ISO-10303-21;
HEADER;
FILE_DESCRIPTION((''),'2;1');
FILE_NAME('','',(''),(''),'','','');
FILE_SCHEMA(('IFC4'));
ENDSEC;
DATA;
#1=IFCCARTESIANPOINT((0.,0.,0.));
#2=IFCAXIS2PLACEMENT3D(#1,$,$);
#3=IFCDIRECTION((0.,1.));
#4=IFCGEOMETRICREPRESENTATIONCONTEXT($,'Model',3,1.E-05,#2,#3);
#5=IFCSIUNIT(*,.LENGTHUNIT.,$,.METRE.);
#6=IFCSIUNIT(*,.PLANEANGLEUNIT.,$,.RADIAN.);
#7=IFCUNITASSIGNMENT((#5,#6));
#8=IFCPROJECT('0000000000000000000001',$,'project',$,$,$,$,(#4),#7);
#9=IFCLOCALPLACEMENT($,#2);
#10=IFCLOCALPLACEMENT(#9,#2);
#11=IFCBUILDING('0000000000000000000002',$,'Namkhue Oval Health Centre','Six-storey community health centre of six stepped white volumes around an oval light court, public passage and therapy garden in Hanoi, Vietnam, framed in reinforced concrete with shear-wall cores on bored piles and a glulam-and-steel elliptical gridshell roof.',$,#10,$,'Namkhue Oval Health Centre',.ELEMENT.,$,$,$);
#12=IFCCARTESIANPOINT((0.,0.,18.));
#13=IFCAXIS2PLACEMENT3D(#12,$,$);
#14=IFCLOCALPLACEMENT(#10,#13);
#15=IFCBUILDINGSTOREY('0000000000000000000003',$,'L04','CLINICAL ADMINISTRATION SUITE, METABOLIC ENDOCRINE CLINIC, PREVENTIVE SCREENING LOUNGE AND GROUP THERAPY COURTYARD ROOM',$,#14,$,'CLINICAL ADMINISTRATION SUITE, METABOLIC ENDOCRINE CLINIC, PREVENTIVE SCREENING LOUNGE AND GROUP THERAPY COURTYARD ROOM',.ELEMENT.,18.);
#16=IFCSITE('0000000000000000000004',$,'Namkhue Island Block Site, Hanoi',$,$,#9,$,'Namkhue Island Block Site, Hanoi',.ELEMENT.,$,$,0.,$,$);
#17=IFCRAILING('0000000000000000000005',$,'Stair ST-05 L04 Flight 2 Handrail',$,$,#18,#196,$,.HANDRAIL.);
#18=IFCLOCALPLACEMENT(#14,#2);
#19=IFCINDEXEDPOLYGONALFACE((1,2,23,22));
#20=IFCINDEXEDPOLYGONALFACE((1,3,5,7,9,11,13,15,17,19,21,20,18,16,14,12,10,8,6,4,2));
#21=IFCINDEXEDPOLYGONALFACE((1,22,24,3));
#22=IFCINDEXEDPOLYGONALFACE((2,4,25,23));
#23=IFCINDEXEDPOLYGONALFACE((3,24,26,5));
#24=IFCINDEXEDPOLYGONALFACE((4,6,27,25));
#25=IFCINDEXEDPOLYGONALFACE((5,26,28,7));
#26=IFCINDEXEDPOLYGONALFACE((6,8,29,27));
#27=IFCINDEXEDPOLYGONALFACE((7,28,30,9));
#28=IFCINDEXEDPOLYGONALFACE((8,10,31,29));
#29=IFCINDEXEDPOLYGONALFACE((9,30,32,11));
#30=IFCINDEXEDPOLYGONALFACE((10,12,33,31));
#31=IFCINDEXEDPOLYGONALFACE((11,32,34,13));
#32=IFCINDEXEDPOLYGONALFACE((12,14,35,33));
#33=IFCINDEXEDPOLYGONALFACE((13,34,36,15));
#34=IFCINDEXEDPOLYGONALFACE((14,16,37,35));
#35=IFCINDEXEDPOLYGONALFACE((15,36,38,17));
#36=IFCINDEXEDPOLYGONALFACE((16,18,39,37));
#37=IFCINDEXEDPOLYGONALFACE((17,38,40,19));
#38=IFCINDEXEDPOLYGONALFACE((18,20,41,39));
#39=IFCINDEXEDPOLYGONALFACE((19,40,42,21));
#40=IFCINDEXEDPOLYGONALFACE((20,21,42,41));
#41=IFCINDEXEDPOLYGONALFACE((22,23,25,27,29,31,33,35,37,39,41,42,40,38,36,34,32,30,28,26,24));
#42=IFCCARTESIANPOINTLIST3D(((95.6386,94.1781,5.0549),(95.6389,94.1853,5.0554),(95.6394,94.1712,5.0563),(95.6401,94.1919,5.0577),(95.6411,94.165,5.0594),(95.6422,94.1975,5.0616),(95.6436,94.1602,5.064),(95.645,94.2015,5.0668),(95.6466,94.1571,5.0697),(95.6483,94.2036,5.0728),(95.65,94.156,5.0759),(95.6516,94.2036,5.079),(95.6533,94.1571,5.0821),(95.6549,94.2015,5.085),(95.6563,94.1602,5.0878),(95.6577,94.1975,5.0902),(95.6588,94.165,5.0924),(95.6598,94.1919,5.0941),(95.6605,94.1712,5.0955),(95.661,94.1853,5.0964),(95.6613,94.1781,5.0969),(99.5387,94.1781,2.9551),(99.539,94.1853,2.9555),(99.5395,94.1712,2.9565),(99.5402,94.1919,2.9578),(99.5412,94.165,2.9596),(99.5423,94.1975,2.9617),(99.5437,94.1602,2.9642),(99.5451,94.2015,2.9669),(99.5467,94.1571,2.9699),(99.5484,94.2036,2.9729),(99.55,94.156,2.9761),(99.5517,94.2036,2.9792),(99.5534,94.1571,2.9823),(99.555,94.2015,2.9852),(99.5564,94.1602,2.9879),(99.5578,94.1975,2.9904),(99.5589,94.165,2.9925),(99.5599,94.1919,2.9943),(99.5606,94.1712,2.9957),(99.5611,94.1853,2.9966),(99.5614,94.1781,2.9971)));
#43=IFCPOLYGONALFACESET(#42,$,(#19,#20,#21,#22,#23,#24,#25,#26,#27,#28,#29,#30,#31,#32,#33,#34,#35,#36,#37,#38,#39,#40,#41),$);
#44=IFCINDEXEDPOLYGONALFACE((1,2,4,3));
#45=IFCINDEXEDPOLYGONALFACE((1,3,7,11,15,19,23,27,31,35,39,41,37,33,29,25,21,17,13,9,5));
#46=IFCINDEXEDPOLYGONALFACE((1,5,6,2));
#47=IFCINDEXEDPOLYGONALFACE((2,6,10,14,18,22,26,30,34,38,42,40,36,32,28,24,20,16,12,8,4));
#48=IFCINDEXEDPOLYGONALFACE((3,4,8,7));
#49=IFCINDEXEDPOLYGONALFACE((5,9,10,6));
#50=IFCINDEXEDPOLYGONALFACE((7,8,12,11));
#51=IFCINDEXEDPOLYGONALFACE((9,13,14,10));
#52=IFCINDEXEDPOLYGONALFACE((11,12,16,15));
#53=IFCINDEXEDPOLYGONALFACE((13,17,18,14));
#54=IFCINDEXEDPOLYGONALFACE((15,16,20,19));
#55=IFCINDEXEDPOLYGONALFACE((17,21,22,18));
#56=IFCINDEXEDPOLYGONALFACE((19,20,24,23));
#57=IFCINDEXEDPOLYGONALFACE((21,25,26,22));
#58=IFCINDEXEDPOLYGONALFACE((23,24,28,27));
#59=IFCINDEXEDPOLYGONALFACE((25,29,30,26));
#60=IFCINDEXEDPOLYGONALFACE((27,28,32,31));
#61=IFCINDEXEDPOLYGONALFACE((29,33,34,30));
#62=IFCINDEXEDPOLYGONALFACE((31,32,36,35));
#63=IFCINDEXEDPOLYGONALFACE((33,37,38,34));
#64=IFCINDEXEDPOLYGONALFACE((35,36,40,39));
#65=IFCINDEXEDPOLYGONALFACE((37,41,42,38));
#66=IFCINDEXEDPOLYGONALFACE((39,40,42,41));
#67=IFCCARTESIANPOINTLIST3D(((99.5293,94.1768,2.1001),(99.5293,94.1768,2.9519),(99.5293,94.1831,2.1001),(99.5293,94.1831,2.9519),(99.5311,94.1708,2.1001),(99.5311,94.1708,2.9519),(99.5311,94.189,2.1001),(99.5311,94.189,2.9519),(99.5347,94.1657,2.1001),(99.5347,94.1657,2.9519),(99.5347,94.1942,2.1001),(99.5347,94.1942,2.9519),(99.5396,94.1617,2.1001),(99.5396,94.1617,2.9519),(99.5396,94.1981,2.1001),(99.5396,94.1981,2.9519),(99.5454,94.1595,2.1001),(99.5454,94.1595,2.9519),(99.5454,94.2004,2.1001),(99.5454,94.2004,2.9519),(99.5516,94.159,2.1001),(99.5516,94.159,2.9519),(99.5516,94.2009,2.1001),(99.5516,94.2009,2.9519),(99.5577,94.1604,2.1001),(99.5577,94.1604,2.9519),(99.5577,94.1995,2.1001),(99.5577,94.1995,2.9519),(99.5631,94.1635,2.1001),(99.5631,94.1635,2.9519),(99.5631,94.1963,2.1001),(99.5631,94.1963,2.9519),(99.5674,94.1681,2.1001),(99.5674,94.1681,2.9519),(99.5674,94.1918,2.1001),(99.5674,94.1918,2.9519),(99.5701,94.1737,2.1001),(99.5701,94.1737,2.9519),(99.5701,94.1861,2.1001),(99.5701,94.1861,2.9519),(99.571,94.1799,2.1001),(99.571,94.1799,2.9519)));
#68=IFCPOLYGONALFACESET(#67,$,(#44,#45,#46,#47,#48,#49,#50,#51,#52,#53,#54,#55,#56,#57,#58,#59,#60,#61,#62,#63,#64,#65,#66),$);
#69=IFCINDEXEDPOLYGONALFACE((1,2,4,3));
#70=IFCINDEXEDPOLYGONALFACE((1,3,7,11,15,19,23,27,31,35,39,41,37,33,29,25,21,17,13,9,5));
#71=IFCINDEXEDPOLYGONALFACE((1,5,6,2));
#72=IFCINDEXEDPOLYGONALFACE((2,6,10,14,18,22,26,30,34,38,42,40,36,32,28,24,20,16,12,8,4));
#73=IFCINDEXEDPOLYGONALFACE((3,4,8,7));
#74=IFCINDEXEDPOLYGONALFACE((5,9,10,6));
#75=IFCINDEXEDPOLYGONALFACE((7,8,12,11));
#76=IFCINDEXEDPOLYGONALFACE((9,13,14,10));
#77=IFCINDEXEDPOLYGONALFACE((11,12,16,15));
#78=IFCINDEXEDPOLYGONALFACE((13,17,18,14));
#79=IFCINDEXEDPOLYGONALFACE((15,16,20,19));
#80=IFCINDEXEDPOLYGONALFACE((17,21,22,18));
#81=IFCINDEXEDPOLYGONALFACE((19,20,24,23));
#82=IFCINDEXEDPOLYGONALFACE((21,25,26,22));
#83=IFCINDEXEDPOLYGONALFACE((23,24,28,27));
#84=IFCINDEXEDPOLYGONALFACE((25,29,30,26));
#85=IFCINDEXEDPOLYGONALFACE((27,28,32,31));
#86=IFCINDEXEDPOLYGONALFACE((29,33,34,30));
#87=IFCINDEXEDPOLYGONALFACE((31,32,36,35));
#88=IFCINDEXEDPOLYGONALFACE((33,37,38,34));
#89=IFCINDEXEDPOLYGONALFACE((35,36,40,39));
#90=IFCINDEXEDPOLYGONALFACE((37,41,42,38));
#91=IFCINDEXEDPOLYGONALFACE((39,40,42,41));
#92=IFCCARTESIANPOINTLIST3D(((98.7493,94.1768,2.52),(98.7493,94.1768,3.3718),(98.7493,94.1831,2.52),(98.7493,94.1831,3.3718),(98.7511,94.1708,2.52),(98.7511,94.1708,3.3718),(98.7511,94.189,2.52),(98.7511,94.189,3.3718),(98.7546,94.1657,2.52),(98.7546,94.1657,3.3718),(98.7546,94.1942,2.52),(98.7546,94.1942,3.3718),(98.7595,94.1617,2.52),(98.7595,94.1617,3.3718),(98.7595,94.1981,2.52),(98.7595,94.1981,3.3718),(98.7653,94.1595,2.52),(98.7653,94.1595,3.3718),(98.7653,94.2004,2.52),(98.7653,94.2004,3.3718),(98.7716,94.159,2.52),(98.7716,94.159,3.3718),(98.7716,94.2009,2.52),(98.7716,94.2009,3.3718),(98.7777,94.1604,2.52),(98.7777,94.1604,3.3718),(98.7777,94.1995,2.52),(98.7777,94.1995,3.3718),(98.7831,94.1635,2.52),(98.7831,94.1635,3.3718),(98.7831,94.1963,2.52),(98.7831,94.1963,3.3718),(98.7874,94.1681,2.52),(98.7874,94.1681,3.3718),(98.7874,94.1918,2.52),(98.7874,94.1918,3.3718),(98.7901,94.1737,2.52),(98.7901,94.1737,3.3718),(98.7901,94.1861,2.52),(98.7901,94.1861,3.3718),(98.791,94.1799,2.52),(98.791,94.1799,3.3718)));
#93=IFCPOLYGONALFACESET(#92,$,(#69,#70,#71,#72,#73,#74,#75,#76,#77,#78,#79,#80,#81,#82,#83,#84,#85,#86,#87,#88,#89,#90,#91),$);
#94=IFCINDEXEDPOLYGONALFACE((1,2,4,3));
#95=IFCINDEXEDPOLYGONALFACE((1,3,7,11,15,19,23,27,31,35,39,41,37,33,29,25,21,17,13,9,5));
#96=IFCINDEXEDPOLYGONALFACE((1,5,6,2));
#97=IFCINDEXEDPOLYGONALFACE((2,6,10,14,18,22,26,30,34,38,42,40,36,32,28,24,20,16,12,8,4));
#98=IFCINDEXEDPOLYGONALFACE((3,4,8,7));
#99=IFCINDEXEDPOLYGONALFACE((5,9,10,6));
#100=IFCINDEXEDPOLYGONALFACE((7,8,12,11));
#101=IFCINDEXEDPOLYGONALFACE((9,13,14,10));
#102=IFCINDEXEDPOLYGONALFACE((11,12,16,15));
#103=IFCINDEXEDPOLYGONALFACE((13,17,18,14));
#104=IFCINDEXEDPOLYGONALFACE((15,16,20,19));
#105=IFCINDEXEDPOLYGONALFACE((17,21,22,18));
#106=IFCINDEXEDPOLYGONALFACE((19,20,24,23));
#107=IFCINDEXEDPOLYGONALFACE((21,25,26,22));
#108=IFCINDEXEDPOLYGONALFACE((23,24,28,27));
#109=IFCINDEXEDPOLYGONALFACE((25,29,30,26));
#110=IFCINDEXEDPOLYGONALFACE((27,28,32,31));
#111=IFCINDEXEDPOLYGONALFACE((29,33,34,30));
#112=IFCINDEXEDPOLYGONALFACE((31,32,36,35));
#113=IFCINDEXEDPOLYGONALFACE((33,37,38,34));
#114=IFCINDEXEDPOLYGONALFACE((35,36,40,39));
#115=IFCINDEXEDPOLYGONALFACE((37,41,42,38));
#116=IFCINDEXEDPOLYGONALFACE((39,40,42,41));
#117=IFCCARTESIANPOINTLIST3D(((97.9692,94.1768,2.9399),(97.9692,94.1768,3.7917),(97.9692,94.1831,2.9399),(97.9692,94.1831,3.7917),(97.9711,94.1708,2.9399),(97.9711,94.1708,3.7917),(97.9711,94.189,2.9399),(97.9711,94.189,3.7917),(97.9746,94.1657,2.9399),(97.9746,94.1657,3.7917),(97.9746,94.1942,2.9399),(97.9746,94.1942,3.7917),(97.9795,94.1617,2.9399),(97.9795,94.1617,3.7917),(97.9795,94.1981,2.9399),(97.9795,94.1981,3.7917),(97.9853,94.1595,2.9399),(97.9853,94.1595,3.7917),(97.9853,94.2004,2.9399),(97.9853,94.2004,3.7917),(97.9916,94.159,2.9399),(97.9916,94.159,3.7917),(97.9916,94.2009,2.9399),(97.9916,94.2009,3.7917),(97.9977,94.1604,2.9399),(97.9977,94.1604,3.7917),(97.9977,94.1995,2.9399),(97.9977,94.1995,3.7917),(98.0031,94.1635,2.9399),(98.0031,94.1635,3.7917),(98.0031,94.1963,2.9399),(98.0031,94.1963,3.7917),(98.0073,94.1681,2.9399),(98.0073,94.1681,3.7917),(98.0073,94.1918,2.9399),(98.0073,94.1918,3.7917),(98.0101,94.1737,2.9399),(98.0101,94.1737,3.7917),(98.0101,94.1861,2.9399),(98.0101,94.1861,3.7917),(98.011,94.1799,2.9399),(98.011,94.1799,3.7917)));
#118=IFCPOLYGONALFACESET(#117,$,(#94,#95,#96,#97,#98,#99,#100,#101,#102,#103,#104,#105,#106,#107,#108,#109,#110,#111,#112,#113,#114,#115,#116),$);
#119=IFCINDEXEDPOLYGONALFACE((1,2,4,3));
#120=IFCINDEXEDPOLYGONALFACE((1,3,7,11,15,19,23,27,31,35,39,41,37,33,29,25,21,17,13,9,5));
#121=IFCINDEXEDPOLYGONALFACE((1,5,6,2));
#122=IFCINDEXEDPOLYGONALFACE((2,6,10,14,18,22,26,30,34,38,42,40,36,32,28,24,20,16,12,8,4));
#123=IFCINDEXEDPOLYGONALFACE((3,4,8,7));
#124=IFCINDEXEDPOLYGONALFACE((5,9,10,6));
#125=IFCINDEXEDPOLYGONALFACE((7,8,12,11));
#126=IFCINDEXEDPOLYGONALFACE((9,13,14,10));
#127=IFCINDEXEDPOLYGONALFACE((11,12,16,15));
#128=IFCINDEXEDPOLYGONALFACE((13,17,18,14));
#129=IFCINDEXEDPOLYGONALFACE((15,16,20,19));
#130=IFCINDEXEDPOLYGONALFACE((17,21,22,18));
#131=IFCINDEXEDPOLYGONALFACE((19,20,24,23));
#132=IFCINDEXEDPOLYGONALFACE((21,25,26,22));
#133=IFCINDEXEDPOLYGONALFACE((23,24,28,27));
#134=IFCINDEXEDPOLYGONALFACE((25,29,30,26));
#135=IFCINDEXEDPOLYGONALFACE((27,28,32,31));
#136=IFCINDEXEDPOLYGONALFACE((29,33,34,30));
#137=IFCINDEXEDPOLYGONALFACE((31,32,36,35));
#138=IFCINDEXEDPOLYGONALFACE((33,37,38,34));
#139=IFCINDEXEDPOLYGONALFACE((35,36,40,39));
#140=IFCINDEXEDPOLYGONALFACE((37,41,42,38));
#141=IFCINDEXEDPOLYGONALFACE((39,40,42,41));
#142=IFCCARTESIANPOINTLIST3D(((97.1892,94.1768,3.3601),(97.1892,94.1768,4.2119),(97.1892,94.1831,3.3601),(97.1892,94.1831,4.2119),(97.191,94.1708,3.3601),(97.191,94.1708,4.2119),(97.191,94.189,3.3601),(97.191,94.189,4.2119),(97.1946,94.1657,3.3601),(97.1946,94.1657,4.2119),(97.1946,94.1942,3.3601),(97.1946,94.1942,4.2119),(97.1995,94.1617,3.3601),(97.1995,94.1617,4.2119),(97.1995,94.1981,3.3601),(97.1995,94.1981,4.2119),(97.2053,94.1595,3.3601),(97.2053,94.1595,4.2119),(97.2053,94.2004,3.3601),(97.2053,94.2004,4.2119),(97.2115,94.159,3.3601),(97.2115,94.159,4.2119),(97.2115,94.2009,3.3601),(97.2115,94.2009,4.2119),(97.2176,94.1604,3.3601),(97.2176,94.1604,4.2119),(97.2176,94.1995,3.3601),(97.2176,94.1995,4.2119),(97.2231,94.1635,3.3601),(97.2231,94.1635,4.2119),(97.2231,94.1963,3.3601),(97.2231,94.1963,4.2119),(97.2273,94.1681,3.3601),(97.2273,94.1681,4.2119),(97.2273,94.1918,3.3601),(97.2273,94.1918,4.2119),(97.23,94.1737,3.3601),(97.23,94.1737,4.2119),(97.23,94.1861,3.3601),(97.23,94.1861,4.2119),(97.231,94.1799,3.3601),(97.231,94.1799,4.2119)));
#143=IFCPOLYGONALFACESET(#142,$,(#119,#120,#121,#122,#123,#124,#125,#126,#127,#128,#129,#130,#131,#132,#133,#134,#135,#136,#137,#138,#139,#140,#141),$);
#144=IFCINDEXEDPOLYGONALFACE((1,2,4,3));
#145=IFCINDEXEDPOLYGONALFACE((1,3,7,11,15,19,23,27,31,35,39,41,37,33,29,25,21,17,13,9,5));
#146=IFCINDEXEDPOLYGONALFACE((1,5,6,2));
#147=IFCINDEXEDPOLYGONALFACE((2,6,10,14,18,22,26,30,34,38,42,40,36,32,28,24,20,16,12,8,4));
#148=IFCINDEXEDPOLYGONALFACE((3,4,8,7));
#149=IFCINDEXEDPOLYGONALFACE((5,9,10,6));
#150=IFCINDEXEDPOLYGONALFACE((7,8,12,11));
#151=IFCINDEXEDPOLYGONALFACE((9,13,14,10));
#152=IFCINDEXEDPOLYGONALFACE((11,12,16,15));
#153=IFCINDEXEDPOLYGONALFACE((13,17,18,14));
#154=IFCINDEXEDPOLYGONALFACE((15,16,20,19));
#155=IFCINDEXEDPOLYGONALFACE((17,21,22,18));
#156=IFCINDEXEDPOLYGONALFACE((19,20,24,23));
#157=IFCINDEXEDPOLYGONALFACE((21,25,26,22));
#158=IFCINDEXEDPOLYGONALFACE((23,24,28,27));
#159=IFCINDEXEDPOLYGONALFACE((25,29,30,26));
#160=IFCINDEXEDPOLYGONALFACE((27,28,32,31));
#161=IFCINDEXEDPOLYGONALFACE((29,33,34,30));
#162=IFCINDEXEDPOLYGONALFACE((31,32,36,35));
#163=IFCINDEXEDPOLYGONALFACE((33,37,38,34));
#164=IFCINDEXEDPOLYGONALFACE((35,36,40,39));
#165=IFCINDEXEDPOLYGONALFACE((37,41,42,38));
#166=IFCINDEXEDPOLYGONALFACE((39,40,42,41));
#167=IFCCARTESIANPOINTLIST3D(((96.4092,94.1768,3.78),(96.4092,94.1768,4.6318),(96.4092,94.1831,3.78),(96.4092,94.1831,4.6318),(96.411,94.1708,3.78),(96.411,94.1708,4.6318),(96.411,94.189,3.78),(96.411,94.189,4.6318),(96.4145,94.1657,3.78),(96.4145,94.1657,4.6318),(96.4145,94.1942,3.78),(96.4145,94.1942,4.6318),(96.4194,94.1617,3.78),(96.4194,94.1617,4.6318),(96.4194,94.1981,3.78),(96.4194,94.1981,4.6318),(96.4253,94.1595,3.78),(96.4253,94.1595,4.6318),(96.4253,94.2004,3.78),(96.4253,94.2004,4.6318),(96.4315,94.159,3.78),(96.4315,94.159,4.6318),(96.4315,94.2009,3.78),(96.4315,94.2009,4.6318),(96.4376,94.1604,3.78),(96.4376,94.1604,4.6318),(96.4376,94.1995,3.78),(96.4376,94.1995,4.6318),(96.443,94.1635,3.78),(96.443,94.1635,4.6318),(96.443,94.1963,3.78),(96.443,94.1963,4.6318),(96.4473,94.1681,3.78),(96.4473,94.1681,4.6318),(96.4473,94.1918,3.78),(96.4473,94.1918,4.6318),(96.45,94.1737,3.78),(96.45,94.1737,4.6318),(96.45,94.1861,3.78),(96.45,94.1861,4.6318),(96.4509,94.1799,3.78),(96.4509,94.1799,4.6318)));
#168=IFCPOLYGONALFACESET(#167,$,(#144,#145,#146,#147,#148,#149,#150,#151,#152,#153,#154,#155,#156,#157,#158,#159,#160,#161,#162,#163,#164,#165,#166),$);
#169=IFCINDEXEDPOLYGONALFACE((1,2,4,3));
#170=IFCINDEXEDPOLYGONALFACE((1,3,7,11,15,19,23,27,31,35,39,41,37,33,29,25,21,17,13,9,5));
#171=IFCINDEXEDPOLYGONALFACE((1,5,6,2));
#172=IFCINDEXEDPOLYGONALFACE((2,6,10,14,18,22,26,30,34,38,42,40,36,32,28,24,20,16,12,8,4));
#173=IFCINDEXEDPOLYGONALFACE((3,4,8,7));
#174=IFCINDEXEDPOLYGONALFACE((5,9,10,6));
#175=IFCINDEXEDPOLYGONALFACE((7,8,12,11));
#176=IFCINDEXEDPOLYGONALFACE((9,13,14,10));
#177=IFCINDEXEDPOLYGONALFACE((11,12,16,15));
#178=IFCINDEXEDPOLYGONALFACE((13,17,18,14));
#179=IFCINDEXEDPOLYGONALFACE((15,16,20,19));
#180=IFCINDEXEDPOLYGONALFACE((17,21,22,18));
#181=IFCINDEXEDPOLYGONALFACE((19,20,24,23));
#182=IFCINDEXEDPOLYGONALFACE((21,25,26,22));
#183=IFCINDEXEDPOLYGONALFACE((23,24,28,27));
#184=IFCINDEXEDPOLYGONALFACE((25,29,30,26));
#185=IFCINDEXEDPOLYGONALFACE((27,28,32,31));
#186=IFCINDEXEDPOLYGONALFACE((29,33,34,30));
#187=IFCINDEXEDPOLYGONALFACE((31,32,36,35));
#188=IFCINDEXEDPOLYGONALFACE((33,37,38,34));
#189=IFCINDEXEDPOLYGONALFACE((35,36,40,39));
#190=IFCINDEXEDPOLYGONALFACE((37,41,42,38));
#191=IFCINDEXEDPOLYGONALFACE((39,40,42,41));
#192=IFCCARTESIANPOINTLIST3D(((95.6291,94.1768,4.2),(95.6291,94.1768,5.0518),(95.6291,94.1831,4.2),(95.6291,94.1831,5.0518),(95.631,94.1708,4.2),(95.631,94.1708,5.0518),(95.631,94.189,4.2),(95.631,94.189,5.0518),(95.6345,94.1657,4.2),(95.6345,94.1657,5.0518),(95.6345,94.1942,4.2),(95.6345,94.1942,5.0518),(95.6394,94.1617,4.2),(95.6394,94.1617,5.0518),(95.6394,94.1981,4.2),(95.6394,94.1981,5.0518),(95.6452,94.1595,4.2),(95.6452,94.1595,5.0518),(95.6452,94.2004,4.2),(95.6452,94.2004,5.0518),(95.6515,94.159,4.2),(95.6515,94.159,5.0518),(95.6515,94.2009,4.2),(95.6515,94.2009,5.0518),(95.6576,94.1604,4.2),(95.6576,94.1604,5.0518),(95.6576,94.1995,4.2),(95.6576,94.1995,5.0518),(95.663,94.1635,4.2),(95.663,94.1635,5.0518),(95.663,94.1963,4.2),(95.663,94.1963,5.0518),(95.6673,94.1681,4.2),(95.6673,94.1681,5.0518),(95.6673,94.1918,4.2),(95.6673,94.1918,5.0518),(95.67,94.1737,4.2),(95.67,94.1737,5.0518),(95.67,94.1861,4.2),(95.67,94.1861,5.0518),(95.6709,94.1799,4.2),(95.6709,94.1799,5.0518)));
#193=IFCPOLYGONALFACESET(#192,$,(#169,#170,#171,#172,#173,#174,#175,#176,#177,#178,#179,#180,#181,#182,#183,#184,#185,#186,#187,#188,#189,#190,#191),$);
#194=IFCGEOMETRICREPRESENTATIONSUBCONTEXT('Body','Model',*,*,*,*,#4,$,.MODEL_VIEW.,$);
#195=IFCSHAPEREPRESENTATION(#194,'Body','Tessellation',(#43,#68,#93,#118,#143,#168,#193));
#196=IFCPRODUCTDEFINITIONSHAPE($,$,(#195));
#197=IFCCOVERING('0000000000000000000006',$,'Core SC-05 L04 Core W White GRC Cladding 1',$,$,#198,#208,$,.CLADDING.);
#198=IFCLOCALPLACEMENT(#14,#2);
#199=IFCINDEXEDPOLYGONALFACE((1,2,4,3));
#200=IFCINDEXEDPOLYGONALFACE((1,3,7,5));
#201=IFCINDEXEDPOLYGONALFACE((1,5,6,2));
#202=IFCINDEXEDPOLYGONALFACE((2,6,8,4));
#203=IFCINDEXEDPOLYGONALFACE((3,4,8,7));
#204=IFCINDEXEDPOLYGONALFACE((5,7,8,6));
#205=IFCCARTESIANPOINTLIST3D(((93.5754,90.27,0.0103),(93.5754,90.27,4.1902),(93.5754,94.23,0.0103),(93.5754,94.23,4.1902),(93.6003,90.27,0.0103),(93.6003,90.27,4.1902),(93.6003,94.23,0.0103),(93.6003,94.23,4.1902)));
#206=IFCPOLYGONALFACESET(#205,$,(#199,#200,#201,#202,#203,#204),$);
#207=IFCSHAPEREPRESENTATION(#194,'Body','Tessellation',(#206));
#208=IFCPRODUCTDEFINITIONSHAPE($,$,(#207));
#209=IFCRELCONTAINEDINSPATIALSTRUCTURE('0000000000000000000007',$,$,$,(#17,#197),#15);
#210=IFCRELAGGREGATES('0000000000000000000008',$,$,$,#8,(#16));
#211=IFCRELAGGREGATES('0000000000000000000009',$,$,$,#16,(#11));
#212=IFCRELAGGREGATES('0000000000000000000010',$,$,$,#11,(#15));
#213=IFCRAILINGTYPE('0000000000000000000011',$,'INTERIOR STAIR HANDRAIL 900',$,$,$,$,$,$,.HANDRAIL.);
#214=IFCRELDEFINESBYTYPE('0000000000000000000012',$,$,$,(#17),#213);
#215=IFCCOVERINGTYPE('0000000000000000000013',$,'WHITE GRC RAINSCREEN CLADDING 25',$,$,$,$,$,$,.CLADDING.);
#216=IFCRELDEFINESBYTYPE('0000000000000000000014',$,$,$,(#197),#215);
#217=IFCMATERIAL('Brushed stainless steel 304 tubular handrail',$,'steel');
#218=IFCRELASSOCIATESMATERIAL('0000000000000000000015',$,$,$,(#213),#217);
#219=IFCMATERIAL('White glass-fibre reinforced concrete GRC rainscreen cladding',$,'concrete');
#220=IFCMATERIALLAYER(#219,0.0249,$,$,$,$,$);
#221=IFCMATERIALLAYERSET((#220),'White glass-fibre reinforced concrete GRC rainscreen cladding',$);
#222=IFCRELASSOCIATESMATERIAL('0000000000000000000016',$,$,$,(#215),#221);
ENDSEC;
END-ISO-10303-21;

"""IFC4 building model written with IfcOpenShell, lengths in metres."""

from ifc_helpers import new_model, si_unit, direction, frame, origin, origin_2d, place, context, subcontext, project, spatial, rectangle, circle, extrude, material, layer, layer_set, type_object, element, save


model = new_model("IFC4")

# Units and contexts
model_context = context("Model", 3, precision=1e-05, world=origin(), true_north=direction((0.0, 1.0)))
body_context = subcontext(model_context, "Body", "Model", "MODEL_VIEW")
ifc_project = project(units=[si_unit("LENGTHUNIT", "METRE"), si_unit("PLANEANGLEUNIT", "RADIAN")], contexts=[model_context])

# Site, building, storey
site_placement = place(None, origin())
site = spatial("IfcSite", under=ifc_project, at=site_placement, Name="Namkhue Island Block Site, Hanoi", LongName="Namkhue Island Block Site, Hanoi", CompositionType="ELEMENT", RefElevation=0.0)
building_placement = place(site_placement, origin())
building = spatial("IfcBuilding", under=site, at=building_placement, Name="Namkhue Oval Health Centre", Description="Six-storey community health centre of six stepped white volumes around an oval light court, public passage and therapy garden in Hanoi, Vietnam, framed in reinforced concrete with shear-wall cores on bored piles and a glulam-and-steel elliptical gridshell roof.", LongName="Namkhue Oval Health Centre", CompositionType="ELEMENT")
storey_placement = place(building_placement, frame((0.0, 0.0, 18.0)))
storey = spatial("IfcBuildingStorey", under=building, at=storey_placement, Name="L04", Description="CLINICAL ADMINISTRATION SUITE, METABOLIC ENDOCRINE CLINIC, PREVENTIVE SCREENING LOUNGE AND GROUP THERAPY COURTYARD ROOM", LongName="CLINICAL ADMINISTRATION SUITE, METABOLIC ENDOCRINE CLINIC, PREVENTIVE SCREENING LOUNGE AND GROUP THERAPY COURTYARD ROOM", CompositionType="ELEMENT", Elevation=18.0)

# Railing
ifc_material_1 = material(Name="Brushed stainless steel 304 tubular handrail", Category="steel")
railing_type_1 = type_object("IfcRailingType", Name="INTERIOR STAIR HANDRAIL 900", PredefinedType="HANDRAIL", material=ifc_material_1)
railing_1_placement = place(storey_placement, frame((99.55, 94.1799, 2.1001)))
element("IfcRailing", 1, at=railing_1_placement, inside=storey, type_object=railing_type_1, Name="Stair ST-05 L04 Flight 2 Handrail", PredefinedType="HANDRAIL", context=body_context, shape_type="SweptSolid", body=[
    extrude(circle(Radius=0.0239, at=origin_2d()), frame((0.0, 0.0, 0.876), z_axis=(-0.880492, 0.0, 0.47406), x_axis=(0.0, -1.0, 0.0)), (0.0, 0.0, 1.0), 4.4294),
    extrude(circle(Radius=0.021, at=origin_2d()), origin(), (0.0, 0.0, 1.0), 0.8518),
    extrude(circle(Radius=0.021, at=origin_2d()), frame((-0.78, 0.0, 0.4199)), (0.0, 0.0, 1.0), 0.8518),
    extrude(circle(Radius=0.021, at=origin_2d()), frame((-1.5601, 0.0, 0.8398)), (0.0, 0.0, 1.0), 0.8518),
    extrude(circle(Radius=0.021, at=origin_2d()), frame((-2.3401, 0.0, 1.26)), (0.0, 0.0, 1.0), 0.8518),
    extrude(circle(Radius=0.021, at=origin_2d()), frame((-3.1201, 0.0, 1.6799)), (0.0, 0.0, 1.0), 0.8518),
    extrude(circle(Radius=0.021, at=origin_2d()), frame((-3.9001, 0.0, 2.0999)), (0.0, 0.0, 1.0), 0.8518),
])

# Covering
ifc_material_2 = material(Name="White glass-fibre reinforced concrete GRC rainscreen cladding", Category="concrete")
ifc_layer_1 = layer(ifc_material_2, 0.0249)
ifc_layer_set_1 = layer_set([ifc_layer_1], Name="White glass-fibre reinforced concrete GRC rainscreen cladding")
covering_type = type_object("IfcCoveringType", Name="WHITE GRC RAINSCREEN CLADDING 25", PredefinedType="CLADDING", material=ifc_layer_set_1)
covering_placement = place(storey_placement, frame((93.5879, 92.25, 0.0103), z_axis=(0.0, 0.0, 1.0), x_axis=(0.0, -1.0, 0.0)))
element("IfcCovering", 2, at=covering_placement, inside=storey, type_object=covering_type, Name="Core SC-05 L04 Core W White GRC Cladding 1", PredefinedType="CLADDING", context=body_context, shape_type="SweptSolid", body=[
    extrude(rectangle(XDim=3.96, YDim=0.0249, at=origin_2d()), origin(), (0.0, 0.0, 1.0), 4.1799),
])

save(model, "model.ifc")
